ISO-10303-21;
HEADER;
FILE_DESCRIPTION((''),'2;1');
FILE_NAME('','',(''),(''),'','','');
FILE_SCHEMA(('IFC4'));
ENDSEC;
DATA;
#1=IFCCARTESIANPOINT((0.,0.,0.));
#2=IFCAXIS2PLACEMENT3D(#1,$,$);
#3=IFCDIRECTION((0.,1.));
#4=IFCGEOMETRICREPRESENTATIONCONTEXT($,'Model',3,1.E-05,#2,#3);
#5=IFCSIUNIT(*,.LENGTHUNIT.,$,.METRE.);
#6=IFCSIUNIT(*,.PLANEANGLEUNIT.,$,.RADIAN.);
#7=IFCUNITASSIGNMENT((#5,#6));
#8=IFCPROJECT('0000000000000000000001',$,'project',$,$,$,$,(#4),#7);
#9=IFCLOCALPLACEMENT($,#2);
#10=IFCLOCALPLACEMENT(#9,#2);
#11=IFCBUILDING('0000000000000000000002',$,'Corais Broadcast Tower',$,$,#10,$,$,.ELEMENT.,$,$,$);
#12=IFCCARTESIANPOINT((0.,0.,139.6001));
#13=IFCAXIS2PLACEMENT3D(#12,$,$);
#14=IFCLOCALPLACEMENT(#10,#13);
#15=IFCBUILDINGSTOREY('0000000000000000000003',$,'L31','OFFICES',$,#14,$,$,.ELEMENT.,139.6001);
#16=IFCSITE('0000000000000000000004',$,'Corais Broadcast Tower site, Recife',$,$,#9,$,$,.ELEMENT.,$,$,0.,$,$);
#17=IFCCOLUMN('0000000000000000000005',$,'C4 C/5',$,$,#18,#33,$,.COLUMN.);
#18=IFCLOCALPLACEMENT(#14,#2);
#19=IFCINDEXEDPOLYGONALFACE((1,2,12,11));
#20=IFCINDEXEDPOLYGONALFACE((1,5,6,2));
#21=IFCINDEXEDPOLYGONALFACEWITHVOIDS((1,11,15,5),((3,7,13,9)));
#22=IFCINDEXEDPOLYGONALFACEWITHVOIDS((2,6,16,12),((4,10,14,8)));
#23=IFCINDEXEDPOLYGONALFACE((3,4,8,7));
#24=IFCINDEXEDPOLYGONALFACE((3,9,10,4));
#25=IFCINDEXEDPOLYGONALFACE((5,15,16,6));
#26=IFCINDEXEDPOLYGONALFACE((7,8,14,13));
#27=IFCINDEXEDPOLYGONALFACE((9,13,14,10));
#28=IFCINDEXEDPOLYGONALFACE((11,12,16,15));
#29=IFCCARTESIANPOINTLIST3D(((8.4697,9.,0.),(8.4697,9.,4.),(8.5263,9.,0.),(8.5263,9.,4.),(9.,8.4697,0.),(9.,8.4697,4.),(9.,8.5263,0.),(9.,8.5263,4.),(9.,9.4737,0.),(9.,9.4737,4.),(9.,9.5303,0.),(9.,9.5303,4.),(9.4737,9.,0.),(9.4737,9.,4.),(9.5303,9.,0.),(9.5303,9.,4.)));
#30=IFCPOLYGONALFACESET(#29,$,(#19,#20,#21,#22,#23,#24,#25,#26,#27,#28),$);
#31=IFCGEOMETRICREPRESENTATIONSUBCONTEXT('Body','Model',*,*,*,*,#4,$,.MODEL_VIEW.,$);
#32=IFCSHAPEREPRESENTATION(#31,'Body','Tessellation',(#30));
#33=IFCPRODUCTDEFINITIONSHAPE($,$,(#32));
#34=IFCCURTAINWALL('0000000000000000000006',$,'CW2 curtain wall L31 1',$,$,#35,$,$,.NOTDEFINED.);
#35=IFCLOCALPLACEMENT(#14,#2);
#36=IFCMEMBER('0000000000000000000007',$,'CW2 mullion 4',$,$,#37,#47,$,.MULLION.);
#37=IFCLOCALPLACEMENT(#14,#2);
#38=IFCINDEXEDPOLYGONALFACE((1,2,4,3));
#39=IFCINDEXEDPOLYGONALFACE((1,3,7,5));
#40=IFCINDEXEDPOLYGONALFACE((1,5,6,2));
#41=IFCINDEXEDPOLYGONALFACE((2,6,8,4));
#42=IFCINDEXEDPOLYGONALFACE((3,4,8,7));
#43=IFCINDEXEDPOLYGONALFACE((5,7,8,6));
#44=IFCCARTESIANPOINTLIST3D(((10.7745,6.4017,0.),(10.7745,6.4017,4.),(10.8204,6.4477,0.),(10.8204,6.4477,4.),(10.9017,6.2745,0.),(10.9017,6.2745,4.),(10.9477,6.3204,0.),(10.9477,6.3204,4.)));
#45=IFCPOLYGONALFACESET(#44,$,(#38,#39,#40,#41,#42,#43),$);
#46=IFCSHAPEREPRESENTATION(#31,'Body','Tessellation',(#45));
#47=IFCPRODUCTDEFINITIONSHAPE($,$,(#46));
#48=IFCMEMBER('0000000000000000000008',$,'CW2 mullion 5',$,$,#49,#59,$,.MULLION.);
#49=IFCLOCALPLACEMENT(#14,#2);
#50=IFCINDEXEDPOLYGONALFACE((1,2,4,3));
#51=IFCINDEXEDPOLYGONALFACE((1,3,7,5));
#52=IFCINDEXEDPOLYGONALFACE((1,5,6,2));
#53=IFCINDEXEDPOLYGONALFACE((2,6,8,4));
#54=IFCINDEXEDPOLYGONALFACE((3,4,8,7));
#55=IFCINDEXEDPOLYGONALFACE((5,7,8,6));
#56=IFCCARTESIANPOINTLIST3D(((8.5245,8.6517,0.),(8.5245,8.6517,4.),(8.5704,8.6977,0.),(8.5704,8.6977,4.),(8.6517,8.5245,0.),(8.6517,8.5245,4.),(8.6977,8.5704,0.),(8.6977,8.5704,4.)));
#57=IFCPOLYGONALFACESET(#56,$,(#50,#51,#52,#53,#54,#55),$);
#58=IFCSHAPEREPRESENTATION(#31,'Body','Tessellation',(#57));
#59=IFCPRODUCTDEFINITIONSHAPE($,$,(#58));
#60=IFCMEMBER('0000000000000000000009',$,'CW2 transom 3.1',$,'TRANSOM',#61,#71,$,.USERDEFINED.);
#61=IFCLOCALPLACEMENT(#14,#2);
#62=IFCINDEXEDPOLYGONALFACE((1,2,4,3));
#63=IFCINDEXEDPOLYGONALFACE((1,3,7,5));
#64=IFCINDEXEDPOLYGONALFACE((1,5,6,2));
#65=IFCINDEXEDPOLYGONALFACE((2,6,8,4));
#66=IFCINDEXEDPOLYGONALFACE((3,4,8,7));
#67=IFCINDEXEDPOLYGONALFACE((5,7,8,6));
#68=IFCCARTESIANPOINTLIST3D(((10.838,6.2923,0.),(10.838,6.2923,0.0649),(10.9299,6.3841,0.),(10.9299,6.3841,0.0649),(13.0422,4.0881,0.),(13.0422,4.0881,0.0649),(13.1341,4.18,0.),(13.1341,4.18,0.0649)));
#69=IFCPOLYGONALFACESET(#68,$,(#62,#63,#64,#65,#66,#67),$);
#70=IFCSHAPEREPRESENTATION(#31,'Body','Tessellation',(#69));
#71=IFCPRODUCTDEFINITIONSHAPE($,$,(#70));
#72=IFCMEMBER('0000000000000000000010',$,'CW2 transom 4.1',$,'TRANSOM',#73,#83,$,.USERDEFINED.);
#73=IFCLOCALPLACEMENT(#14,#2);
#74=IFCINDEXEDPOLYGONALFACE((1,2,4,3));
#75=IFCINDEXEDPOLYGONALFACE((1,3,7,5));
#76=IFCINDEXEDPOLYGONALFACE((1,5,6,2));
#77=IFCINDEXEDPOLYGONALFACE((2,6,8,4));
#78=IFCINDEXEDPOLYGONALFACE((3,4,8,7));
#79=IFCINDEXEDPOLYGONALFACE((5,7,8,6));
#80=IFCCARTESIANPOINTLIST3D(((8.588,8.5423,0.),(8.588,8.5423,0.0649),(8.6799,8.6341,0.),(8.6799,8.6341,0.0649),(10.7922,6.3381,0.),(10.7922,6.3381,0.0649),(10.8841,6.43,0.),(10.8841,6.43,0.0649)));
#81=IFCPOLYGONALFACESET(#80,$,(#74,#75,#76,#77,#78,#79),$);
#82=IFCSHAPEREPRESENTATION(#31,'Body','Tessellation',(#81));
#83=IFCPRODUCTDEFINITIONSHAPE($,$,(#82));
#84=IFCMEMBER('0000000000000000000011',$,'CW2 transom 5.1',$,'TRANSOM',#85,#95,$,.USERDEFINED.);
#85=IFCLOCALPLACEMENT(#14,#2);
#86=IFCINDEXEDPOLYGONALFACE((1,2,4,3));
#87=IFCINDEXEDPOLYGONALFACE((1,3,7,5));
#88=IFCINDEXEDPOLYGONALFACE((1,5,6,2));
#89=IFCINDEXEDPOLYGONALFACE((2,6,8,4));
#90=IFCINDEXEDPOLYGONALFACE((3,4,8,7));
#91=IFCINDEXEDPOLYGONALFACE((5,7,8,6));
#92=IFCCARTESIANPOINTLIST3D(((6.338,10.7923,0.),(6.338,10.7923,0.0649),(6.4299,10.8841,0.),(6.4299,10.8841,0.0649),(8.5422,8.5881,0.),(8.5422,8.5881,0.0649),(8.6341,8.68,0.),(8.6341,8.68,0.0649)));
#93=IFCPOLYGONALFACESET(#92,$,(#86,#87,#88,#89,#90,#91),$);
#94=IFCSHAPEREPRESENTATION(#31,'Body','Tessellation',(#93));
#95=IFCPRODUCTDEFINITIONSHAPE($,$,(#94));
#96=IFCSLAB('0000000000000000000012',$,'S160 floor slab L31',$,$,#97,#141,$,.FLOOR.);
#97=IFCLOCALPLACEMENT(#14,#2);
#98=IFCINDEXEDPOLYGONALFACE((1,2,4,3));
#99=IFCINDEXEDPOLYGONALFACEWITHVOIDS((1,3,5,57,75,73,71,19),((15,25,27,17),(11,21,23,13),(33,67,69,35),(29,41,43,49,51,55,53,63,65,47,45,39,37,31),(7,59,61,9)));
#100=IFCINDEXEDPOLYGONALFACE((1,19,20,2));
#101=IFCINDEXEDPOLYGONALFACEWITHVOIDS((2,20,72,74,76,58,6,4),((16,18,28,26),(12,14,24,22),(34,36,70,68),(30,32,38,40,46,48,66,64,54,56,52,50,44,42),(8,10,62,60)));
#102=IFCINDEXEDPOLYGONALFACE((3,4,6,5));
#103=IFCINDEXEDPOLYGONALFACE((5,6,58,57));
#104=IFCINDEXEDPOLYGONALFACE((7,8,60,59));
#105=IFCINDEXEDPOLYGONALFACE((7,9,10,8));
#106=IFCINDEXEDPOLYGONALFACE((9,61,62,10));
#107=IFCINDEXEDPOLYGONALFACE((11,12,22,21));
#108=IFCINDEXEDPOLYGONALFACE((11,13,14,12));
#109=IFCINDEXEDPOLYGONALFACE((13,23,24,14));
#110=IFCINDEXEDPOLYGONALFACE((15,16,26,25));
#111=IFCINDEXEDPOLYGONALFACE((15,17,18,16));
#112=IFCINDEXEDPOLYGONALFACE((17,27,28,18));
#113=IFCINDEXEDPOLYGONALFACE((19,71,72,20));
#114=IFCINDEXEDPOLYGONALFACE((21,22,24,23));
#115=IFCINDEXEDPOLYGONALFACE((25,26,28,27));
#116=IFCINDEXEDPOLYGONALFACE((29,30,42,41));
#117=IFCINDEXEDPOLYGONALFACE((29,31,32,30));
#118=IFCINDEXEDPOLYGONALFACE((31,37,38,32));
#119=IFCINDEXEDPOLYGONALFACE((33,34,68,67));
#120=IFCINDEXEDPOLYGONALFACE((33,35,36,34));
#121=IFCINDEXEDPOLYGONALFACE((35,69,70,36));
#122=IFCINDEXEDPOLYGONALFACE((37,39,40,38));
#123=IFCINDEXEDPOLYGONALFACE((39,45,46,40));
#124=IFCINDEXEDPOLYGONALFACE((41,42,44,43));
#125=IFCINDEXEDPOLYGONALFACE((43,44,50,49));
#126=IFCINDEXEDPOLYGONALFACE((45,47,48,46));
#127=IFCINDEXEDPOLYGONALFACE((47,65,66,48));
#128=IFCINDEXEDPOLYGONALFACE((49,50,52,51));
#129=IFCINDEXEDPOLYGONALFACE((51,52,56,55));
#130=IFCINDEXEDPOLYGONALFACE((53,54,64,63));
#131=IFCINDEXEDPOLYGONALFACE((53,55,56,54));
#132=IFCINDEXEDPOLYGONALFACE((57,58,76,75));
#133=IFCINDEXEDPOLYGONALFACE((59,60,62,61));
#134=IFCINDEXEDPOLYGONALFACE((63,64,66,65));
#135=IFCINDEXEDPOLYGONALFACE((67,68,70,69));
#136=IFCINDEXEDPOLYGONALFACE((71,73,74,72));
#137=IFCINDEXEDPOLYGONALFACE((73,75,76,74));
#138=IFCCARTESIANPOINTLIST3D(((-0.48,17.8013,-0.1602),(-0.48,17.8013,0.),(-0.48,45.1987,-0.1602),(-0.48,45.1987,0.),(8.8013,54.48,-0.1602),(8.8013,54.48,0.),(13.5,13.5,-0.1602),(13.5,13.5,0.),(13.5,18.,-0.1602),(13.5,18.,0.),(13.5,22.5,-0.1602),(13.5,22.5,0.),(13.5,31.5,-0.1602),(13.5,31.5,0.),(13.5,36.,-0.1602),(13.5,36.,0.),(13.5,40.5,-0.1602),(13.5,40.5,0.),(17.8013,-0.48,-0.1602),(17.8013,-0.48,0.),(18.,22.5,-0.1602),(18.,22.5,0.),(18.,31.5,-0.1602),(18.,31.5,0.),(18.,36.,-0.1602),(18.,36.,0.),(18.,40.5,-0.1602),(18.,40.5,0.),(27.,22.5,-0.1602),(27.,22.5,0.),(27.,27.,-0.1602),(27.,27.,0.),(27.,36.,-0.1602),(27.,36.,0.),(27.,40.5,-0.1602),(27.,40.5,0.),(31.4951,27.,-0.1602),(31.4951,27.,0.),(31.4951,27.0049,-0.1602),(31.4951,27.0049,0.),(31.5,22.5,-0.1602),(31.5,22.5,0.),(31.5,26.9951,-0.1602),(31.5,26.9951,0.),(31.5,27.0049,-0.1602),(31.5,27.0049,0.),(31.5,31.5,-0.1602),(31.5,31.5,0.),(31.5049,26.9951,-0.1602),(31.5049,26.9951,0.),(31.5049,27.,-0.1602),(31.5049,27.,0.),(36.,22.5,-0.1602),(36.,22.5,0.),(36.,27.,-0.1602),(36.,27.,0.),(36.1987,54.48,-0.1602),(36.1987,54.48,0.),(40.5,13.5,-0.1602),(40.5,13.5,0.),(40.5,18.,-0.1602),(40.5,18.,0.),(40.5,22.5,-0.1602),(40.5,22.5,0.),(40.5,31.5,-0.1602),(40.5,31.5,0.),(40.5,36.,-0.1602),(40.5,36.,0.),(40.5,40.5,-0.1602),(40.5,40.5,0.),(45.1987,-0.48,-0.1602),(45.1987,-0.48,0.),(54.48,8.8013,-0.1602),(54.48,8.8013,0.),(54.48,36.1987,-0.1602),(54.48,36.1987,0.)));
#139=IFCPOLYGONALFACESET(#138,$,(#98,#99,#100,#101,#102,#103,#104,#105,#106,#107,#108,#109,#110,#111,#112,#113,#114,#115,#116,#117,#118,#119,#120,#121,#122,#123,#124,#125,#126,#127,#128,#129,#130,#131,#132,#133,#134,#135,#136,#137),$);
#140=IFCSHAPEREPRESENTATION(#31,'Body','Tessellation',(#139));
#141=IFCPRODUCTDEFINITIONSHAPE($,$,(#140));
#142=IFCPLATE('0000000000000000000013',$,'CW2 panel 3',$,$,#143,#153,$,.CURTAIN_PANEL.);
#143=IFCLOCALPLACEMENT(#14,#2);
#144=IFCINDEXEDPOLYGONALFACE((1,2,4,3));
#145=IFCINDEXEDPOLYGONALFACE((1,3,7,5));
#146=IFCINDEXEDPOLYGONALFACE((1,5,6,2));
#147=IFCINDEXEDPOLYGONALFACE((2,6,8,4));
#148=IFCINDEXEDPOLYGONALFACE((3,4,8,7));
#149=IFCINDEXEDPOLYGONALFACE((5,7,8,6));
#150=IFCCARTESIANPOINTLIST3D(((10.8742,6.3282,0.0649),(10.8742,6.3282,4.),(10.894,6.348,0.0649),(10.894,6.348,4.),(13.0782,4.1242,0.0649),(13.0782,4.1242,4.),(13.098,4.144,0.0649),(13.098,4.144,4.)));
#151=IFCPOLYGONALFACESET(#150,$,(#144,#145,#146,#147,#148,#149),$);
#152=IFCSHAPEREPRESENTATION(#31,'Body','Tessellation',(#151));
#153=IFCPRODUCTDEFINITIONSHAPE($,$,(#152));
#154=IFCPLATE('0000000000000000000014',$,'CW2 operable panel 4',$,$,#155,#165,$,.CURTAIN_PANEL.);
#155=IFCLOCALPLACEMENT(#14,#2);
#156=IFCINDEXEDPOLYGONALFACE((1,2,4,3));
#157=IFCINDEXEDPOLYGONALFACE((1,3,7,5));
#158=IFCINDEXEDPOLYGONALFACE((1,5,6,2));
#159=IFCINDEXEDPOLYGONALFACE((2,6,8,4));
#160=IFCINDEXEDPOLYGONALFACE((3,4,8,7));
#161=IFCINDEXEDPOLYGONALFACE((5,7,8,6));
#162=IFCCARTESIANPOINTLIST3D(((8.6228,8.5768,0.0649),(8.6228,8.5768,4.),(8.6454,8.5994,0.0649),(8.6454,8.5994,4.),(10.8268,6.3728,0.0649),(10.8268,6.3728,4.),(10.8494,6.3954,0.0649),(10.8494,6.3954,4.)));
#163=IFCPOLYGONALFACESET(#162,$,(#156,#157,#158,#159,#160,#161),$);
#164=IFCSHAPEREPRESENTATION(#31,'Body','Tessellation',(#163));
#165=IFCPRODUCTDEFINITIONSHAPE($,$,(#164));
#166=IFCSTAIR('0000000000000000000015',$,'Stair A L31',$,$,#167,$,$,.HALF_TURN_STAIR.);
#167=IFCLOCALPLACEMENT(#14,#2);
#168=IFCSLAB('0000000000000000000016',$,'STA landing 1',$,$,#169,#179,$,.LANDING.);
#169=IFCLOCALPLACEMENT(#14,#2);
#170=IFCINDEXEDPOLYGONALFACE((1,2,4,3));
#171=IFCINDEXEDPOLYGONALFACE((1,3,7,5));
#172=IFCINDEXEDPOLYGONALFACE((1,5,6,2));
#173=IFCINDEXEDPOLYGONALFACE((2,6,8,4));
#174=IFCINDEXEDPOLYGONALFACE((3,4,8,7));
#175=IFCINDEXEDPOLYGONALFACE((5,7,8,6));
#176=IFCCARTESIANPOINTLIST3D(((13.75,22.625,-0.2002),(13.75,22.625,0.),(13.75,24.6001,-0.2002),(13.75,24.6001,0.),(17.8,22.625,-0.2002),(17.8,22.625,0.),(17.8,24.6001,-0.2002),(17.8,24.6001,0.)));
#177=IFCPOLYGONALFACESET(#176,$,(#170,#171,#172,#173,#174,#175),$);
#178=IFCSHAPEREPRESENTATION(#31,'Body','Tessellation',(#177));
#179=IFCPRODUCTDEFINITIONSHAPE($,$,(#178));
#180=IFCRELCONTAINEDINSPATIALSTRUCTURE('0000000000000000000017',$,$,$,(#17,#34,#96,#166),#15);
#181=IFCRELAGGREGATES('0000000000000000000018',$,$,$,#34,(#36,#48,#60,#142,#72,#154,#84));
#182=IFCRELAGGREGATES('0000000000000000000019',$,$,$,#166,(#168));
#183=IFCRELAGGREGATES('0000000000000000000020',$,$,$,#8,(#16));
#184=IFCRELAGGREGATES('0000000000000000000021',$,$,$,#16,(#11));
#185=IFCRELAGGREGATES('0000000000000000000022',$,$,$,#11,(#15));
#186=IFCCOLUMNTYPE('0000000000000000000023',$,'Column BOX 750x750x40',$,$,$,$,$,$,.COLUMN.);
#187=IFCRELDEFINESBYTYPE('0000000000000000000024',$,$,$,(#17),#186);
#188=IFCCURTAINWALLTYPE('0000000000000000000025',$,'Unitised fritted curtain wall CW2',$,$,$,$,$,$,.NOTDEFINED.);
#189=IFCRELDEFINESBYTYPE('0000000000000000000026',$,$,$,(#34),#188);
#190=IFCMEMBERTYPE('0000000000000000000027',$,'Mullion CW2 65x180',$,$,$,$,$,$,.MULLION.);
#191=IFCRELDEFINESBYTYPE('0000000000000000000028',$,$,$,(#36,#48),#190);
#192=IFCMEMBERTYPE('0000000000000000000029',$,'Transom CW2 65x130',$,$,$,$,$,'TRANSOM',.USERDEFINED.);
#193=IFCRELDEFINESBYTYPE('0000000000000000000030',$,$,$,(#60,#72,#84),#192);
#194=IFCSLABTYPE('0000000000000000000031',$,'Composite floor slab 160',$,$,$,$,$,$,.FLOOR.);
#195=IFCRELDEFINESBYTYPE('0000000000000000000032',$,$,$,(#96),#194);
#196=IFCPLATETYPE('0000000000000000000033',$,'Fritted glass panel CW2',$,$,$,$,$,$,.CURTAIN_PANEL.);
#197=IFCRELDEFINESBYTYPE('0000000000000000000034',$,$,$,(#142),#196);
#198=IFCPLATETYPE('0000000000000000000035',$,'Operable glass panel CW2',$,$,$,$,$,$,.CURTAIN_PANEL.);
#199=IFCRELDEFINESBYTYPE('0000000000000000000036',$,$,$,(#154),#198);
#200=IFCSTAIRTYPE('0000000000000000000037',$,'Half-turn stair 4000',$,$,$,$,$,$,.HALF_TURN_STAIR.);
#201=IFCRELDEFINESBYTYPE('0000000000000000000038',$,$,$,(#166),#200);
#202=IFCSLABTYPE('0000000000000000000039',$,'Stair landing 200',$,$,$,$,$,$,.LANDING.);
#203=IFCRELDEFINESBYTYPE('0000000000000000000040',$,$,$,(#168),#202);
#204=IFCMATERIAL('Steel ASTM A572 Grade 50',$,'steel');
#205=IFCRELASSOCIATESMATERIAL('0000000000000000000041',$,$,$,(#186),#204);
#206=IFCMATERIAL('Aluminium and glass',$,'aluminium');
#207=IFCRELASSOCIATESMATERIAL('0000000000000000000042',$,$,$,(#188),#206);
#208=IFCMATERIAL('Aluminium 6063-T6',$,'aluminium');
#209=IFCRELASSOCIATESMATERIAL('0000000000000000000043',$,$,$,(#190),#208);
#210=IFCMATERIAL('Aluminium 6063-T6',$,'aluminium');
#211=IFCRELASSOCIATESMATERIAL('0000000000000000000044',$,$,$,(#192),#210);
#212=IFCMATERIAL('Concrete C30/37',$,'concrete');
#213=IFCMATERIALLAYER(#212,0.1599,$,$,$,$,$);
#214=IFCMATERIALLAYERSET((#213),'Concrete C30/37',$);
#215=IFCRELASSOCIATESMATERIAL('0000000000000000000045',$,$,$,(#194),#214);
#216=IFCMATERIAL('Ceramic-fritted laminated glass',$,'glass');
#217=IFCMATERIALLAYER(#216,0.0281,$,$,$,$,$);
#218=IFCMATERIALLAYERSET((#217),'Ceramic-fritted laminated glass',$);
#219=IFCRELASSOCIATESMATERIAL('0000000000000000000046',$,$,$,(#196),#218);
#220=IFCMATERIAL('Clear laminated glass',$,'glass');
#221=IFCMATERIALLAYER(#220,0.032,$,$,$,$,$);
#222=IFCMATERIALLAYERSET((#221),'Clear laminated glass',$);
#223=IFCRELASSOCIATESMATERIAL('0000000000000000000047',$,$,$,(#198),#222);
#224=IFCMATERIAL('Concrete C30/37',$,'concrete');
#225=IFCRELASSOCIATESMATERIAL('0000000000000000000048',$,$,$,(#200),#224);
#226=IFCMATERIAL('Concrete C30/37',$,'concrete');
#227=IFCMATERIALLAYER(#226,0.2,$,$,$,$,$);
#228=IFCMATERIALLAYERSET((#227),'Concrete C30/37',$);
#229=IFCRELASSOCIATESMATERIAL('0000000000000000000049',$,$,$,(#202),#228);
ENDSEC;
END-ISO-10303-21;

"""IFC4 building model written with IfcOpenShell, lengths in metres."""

from ifc_helpers import new_model, si_unit, direction, frame, origin, origin_2d, place, context, subcontext, project, spatial, polyline, rectangle, hollow_rectangle, outline, extrude, material, layer, layer_set, material_profile, profile_set, type_object, element, aggregate, save


model = new_model("IFC4")

# Units and contexts
model_context = context("Model", 3, precision=1e-05, world=origin(), true_north=direction((0.0, 1.0)))
body_context = subcontext(model_context, "Body", "Model", "MODEL_VIEW")
ifc_project = project(units=[si_unit("LENGTHUNIT", "METRE"), si_unit("PLANEANGLEUNIT", "RADIAN")], contexts=[model_context])

# Site, building, storey
site_placement = place(None, origin())
site = spatial("IfcSite", under=ifc_project, at=site_placement, Name="Corais Broadcast Tower site, Recife", CompositionType="ELEMENT", RefElevation=0.0)
building_placement = place(site_placement, origin())
building = spatial("IfcBuilding", under=site, at=building_placement, Name="Corais Broadcast Tower", CompositionType="ELEMENT")
storey_placement = place(building_placement, frame((0.0, 0.0, 139.6001)))
storey = spatial("IfcBuildingStorey", under=building, at=storey_placement, Name="L31", Description="OFFICES", CompositionType="ELEMENT", Elevation=139.6001)

# Column
ifc_material_1 = material(Name="Steel ASTM A572 Grade 50", Category="steel")
ifc_material_profile_1 = material_profile(ifc_material_1, hollow_rectangle(XDim=0.75, YDim=0.75, WallThickness=0.04, at=origin_2d()), Name="BOX 750x750x40")
ifc_profile_set_1 = profile_set([ifc_material_profile_1], Name="Steel ASTM A572 Grade 50")
column_type = type_object("IfcColumnType", Name="Column BOX 750x750x40", PredefinedType="COLUMN", material=ifc_profile_set_1)
column_placement = place(storey_placement, frame((9.0, 9.0, 0.0), z_axis=(0.0, 0.0, 1.0), x_axis=(0.707107, 0.707107, 0.0)))
element("IfcColumn", 1, at=column_placement, inside=storey, type_object=column_type, Name="C4 C/5", PredefinedType="COLUMN", context=body_context, shape_type="SweptSolid", body=[
    extrude(hollow_rectangle(XDim=0.75, YDim=0.75, WallThickness=0.04, at=origin_2d()), origin(), (0.0, 0.0, 1.0), 4.0),
])

# Curtain wall, members
ifc_material_2 = material(Name="Aluminium and glass", Category="aluminium")
curtain_wall_type = type_object("IfcCurtainWallType", Name="Unitised fritted curtain wall CW2", PredefinedType="NOTDEFINED", material=ifc_material_2)
curtain_wall_placement = place(storey_placement, origin())
curtain_wall = element("IfcCurtainWall", 2, at=curtain_wall_placement, inside=storey, type_object=curtain_wall_type, Name="CW2 curtain wall L31 1", PredefinedType="NOTDEFINED")
ifc_material_3 = material(Name="Aluminium 6063-T6", Category="aluminium")
ifc_material_profile_2 = material_profile(ifc_material_3, rectangle(XDim=0.0649, YDim=0.1799, at=origin_2d()), Name="Mullion CW2 65x180")
ifc_profile_set_2 = profile_set([ifc_material_profile_2], Name="Aluminium 6063-T6")
member_type_1 = type_object("IfcMemberType", Name="Mullion CW2 65x180", PredefinedType="MULLION", material=ifc_profile_set_2)
member_1_placement = place(storey_placement, frame((10.8611, 6.3611, 0.0), z_axis=(0.0, 0.0, 1.0), x_axis=(-0.707107, -0.707107, 0.0)))
member_1 = element("IfcMember", 3, at=member_1_placement, type_object=member_type_1, Name="CW2 mullion 4", PredefinedType="MULLION", context=body_context, shape_type="SweptSolid", body=[
    extrude(rectangle(XDim=0.0649, YDim=0.1799, at=origin_2d()), origin(), (0.0, 0.0, 1.0), 4.0),
])
member_2_placement = place(storey_placement, frame((8.6111, 8.6111, 0.0), z_axis=(0.0, 0.0, 1.0), x_axis=(-0.707107, -0.707107, 0.0)))
member_2 = element("IfcMember", 4, at=member_2_placement, type_object=member_type_1, Name="CW2 mullion 5", PredefinedType="MULLION", context=body_context, shape_type="SweptSolid", body=[
    extrude(rectangle(XDim=0.0649, YDim=0.1799, at=origin_2d()), origin(), (0.0, 0.0, 1.0), 4.0),
])
ifc_material_4 = material(Name="Aluminium 6063-T6", Category="aluminium")
ifc_material_profile_3 = material_profile(ifc_material_4, rectangle(XDim=0.1299, YDim=0.0649, at=origin_2d()), Name="Transom CW2 65x130")
ifc_profile_set_3 = profile_set([ifc_material_profile_3], Name="Aluminium 6063-T6")
member_type_2 = type_object("IfcMemberType", Name="Transom CW2 65x130", ElementType="TRANSOM", PredefinedType="USERDEFINED", material=ifc_profile_set_3)
member_3_placement = place(storey_placement, frame((13.0881, 4.134, 0.0325), z_axis=(-0.707107, 0.707107, 0.0), x_axis=(-0.707107, -0.707107, 0.0)))
member_3 = element("IfcMember", 5, at=member_3_placement, type_object=member_type_2, Name="CW2 transom 3.1", ObjectType="TRANSOM", PredefinedType="USERDEFINED", context=body_context, shape_type="SweptSolid", body=[
    extrude(rectangle(XDim=0.1299, YDim=0.0649, at=origin_2d()), origin(), (0.0, 0.0, 1.0), 3.1172),
])
member_4_placement = place(storey_placement, frame((10.8381, 6.384, 0.0325), z_axis=(-0.707107, 0.707107, 0.0), x_axis=(-0.707107, -0.707107, 0.0)))
member_4 = element("IfcMember", 6, at=member_4_placement, type_object=member_type_2, Name="CW2 transom 4.1", ObjectType="TRANSOM", PredefinedType="USERDEFINED", context=body_context, shape_type="SweptSolid", body=[
    extrude(rectangle(XDim=0.1299, YDim=0.0649, at=origin_2d()), origin(), (0.0, 0.0, 1.0), 3.1172),
])
member_5_placement = place(storey_placement, frame((8.5881, 8.634, 0.0325), z_axis=(-0.707107, 0.707107, 0.0), x_axis=(-0.707107, -0.707107, 0.0)))
member_5 = element("IfcMember", 7, at=member_5_placement, type_object=member_type_2, Name="CW2 transom 5.1", ObjectType="TRANSOM", PredefinedType="USERDEFINED", context=body_context, shape_type="SweptSolid", body=[
    extrude(rectangle(XDim=0.1299, YDim=0.0649, at=origin_2d()), origin(), (0.0, 0.0, 1.0), 3.1172),
])

# Slab
ifc_material_5 = material(Name="Concrete C30/37", Category="concrete")
ifc_layer_1 = layer(ifc_material_5, 0.1599)
ifc_layer_set_1 = layer_set([ifc_layer_1], Name="Concrete C30/37")
slab_type_1 = type_object("IfcSlabType", Name="Composite floor slab 160", PredefinedType="FLOOR", material=ifc_layer_set_1)
slab_1_placement = place(storey_placement, frame((0.0, 0.0, -0.1602)))
element("IfcSlab", 8, at=slab_1_placement, inside=storey, type_object=slab_type_1, Name="S160 floor slab L31", PredefinedType="FLOOR", context=body_context, shape_type="SweptSolid", body=[
    extrude(outline(polyline([(17.8013, -0.48), (-0.48, 17.8013), (-0.48, 45.1987), (8.8013, 54.48), (36.1987, 54.48), (54.48, 36.1987), (54.48, 8.8013), (45.1987, -0.48), (17.8013, -0.48)]), holes=[polyline([(13.5, 18.0), (40.5, 18.0), (40.5, 13.5), (13.5, 13.5), (13.5, 18.0)]), polyline([(18.0, 22.5), (13.5, 22.5), (13.5, 31.5), (18.0, 31.5), (18.0, 22.5)]), polyline([(18.0, 36.0), (13.5, 36.0), (13.5, 40.5), (18.0, 40.5), (18.0, 36.0)]), polyline([(31.5, 22.5), (27.0, 22.5), (27.0, 27.0), (31.4951, 27.0), (31.4951, 27.0049), (31.5, 27.0049), (31.5, 31.5), (40.5, 31.5), (40.5, 22.5), (36.0, 22.5), (36.0, 27.0), (31.5049, 27.0), (31.5049, 26.9951), (31.5, 26.9951), (31.5, 22.5)]), polyline([(27.0, 40.5), (40.5, 40.5), (40.5, 36.0), (27.0, 36.0), (27.0, 40.5)])]), origin(), (0.0, 0.0, 1.0), 0.1602),
])

# Plates
ifc_material_6 = material(Name="Ceramic-fritted laminated glass", Category="glass")
ifc_layer_2 = layer(ifc_material_6, 0.0281)
ifc_layer_set_2 = layer_set([ifc_layer_2], Name="Ceramic-fritted laminated glass")
plate_type_1 = type_object("IfcPlateType", Name="Fritted glass panel CW2", PredefinedType="CURTAIN_PANEL", material=ifc_layer_set_2)
plate_1_placement = place(storey_placement, frame((11.9861, 5.2361, 0.0649), z_axis=(0.0, 0.0, 1.0), x_axis=(-0.707107, 0.707107, 0.0)))
plate_1 = element("IfcPlate", 9, at=plate_1_placement, type_object=plate_type_1, Name="CW2 panel 3", PredefinedType="CURTAIN_PANEL", context=body_context, shape_type="SweptSolid", body=[
    extrude(rectangle(XDim=3.1169, YDim=0.0281, at=origin_2d()), origin(), (0.0, 0.0, 1.0), 3.9351),
])
ifc_material_7 = material(Name="Clear laminated glass", Category="glass")
ifc_layer_3 = layer(ifc_material_7, 0.032)
ifc_layer_set_3 = layer_set([ifc_layer_3], Name="Clear laminated glass")
plate_type_2 = type_object("IfcPlateType", Name="Operable glass panel CW2", PredefinedType="CURTAIN_PANEL", material=ifc_layer_set_3)
plate_2_placement = place(storey_placement, frame((9.7361, 7.4861, 0.0649), z_axis=(0.0, 0.0, 1.0), x_axis=(-0.707107, 0.707107, 0.0)))
plate_2 = element("IfcPlate", 10, at=plate_2_placement, type_object=plate_type_2, Name="CW2 operable panel 4", PredefinedType="CURTAIN_PANEL", context=body_context, shape_type="SweptSolid", body=[
    extrude(rectangle(XDim=3.1169, YDim=0.032, at=origin_2d()), origin(), (0.0, 0.0, 1.0), 3.9351),
])
aggregate(curtain_wall, [member_1, member_2, member_3, plate_1, member_4, plate_2, member_5])

# Stair, slab
ifc_material_8 = material(Name="Concrete C30/37", Category="concrete")
stair_type = type_object("IfcStairType", Name="Half-turn stair 4000", PredefinedType="HALF_TURN_STAIR", material=ifc_material_8)
stair_1_placement = place(storey_placement, origin())
stair_1 = element("IfcStair", 11, at=stair_1_placement, inside=storey, type_object=stair_type, Name="Stair A L31", PredefinedType="HALF_TURN_STAIR")
ifc_material_9 = material(Name="Concrete C30/37", Category="concrete")
ifc_layer_4 = layer(ifc_material_9, 0.2)
ifc_layer_set_4 = layer_set([ifc_layer_4], Name="Concrete C30/37")
slab_type_2 = type_object("IfcSlabType", Name="Stair landing 200", PredefinedType="LANDING", material=ifc_layer_set_4)
slab_2_placement = place(storey_placement, frame((0.0, 0.0, -0.2002)))
slab_2 = element("IfcSlab", 12, at=slab_2_placement, type_object=slab_type_2, Name="STA landing 1", PredefinedType="LANDING", context=body_context, shape_type="SweptSolid", body=[
    extrude(outline(polyline([(13.75, 22.625), (17.8, 22.625), (17.8, 24.6001), (13.75, 24.6001), (13.75, 22.625)])), origin(), (0.0, 0.0, 1.0), 0.2002),
])
aggregate(stair_1, [slab_2])

save(model, "model.ifc")
